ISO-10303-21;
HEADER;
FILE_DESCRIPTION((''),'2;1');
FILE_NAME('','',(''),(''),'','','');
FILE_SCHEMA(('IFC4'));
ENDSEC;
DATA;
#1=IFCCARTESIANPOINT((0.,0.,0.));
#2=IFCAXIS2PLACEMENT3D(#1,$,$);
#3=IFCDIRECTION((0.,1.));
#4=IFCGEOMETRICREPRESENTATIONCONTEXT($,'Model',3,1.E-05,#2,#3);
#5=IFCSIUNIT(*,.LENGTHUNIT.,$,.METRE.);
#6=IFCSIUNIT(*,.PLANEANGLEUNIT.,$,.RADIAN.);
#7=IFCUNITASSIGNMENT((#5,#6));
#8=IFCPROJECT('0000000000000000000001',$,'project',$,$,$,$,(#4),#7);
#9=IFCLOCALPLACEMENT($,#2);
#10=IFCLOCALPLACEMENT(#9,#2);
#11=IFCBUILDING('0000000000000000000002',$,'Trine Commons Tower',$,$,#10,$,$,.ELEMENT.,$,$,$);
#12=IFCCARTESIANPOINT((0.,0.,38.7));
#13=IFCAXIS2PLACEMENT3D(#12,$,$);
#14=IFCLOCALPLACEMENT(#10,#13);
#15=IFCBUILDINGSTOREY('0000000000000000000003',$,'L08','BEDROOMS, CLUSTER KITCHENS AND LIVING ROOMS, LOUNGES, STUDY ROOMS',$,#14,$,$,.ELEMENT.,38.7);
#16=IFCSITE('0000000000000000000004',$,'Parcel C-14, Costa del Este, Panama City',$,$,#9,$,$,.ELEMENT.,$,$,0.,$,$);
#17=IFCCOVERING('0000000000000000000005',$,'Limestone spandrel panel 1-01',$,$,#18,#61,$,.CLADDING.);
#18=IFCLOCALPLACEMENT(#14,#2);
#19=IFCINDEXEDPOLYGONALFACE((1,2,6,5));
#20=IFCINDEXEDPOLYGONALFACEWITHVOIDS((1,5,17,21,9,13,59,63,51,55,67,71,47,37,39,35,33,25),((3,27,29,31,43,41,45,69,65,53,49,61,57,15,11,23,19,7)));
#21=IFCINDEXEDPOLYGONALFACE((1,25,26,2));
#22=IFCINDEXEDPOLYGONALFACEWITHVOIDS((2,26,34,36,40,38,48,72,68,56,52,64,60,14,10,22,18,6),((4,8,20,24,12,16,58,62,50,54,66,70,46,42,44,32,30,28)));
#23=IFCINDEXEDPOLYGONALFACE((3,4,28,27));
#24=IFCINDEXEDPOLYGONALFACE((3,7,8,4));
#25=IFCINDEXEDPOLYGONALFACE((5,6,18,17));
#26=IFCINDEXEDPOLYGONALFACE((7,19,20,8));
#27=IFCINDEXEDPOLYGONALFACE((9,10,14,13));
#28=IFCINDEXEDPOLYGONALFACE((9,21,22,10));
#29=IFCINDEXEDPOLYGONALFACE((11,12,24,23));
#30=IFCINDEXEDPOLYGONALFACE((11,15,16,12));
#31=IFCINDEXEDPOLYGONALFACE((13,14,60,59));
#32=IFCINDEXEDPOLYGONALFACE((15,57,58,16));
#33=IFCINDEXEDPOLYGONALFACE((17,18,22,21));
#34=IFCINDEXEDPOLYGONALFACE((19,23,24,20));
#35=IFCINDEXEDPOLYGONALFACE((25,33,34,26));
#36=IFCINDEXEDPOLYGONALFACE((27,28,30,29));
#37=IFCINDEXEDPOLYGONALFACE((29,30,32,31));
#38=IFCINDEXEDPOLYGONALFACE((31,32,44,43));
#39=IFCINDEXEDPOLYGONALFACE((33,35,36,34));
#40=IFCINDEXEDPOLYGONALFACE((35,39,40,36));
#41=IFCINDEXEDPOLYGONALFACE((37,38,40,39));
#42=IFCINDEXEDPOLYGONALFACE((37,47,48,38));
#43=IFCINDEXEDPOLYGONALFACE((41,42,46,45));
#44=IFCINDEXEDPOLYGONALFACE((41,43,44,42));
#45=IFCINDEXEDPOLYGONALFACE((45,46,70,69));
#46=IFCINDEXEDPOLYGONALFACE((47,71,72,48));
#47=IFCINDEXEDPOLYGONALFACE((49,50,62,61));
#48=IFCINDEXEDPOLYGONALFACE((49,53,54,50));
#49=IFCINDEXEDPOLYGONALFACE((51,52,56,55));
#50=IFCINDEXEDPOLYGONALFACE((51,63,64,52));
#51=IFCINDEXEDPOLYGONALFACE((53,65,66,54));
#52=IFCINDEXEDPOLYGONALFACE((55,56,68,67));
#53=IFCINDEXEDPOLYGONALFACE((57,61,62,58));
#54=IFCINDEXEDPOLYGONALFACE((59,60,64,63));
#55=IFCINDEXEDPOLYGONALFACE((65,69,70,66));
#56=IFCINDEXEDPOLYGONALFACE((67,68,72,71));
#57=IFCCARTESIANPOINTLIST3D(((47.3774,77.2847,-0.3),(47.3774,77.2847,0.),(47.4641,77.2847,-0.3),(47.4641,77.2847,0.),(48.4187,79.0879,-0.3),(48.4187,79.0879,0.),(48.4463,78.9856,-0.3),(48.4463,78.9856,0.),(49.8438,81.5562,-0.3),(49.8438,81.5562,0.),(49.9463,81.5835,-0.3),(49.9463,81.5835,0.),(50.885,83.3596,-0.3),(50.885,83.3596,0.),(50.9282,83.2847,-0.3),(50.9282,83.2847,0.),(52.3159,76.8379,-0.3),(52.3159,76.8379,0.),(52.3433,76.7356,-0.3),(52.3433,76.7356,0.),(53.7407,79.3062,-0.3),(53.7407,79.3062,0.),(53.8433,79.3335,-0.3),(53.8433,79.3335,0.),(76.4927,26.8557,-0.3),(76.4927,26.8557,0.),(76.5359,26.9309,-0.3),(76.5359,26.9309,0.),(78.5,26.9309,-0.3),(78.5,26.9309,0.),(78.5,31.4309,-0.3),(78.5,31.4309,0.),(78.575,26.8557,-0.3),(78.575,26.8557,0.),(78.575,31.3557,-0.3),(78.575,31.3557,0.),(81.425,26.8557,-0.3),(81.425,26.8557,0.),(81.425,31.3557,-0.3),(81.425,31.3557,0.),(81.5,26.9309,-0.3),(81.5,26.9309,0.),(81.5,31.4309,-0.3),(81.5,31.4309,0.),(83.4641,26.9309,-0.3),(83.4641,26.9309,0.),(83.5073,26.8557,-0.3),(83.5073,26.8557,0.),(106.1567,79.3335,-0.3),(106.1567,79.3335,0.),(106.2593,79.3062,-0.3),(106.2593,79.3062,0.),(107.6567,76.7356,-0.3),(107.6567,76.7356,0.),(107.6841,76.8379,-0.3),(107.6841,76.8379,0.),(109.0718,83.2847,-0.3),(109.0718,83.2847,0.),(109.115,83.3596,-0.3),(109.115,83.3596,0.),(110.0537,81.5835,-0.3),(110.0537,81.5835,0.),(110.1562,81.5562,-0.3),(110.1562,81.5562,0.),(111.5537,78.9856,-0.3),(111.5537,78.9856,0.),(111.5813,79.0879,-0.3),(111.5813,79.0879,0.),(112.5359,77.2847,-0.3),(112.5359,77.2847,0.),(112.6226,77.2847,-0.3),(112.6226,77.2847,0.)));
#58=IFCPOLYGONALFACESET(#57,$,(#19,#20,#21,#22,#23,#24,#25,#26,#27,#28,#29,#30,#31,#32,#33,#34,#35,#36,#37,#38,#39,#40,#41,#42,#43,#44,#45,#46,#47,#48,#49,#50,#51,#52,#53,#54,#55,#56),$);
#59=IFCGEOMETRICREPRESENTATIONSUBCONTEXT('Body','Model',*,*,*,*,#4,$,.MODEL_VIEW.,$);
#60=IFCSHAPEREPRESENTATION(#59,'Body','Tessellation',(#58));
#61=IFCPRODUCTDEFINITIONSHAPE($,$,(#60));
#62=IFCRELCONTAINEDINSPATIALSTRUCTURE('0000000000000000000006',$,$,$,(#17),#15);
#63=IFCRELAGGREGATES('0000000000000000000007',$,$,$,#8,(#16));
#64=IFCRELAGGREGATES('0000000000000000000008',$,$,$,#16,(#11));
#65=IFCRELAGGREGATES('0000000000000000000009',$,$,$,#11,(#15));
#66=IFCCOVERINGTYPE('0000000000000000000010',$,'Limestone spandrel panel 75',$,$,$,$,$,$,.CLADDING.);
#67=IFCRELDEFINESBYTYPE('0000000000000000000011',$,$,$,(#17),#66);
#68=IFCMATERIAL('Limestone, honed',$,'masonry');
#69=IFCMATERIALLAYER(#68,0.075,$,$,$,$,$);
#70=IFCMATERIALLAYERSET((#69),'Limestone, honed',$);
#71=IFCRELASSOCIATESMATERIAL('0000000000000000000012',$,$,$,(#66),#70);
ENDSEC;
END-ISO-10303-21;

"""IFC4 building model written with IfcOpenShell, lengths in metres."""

from ifc_helpers import new_model, si_unit, direction, frame, origin, place, context, subcontext, project, spatial, polyline, outline, extrude, material, layer, layer_set, type_object, element, save


model = new_model("IFC4")

# Units and contexts
model_context = context("Model", 3, precision=1e-05, world=origin(), true_north=direction((0.0, 1.0)))
body_context = subcontext(model_context, "Body", "Model", "MODEL_VIEW")
ifc_project = project(units=[si_unit("LENGTHUNIT", "METRE"), si_unit("PLANEANGLEUNIT", "RADIAN")], contexts=[model_context])

# Site, building, storey
site_placement = place(None, origin())
site = spatial("IfcSite", under=ifc_project, at=site_placement, Name="Parcel C-14, Costa del Este, Panama City", CompositionType="ELEMENT", RefElevation=0.0)
building_placement = place(site_placement, origin())
building = spatial("IfcBuilding", under=site, at=building_placement, Name="Trine Commons Tower", CompositionType="ELEMENT")
storey_placement = place(building_placement, frame((0.0, 0.0, 38.7)))
storey = spatial("IfcBuildingStorey", under=building, at=storey_placement, Name="L08", Description="BEDROOMS, CLUSTER KITCHENS AND LIVING ROOMS, LOUNGES, STUDY ROOMS", CompositionType="ELEMENT", Elevation=38.7)

# Covering
ifc_material_1 = material(Name="Limestone, honed", Category="masonry")
ifc_layer_1 = layer(ifc_material_1, 0.075)
ifc_layer_set_1 = layer_set([ifc_layer_1], Name="Limestone, honed")
covering_type_1 = type_object("IfcCoveringType", Name="Limestone spandrel panel 75", PredefinedType="CLADDING", material=ifc_layer_set_1)
covering_1_placement = place(storey_placement, frame((0.0, 0.0, -0.3)))
element("IfcCovering", 1, at=covering_1_placement, inside=storey, type_object=covering_type_1, Name="Limestone spandrel panel 1-01", PredefinedType="CLADDING", context=body_context, shape_type="SweptSolid", body=[
    extrude(outline(polyline([(81.425, 31.3557), (81.425, 26.8557), (83.5073, 26.8557), (112.6226, 77.2847), (111.5813, 79.0879), (107.6841, 76.8379), (106.2593, 79.3062), (110.1562, 81.5562), (109.115, 83.3596), (50.885, 83.3596), (49.8438, 81.5562), (53.7407, 79.3062), (52.3159, 76.8379), (48.4187, 79.0879), (47.3774, 77.2847), (76.4927, 26.8557), (78.575, 26.8557), (78.575, 31.3557), (81.425, 31.3557)]), holes=[polyline([(111.5537, 78.9856), (112.5359, 77.2847), (83.4641, 26.9309), (81.5, 26.9309), (81.5, 31.4309), (78.5, 31.4309), (78.5, 26.9309), (76.5359, 26.9309), (47.4641, 77.2847), (48.4463, 78.9856), (52.3433, 76.7356), (53.8433, 79.3335), (49.9463, 81.5835), (50.9282, 83.2847), (109.0718, 83.2847), (110.0537, 81.5835), (106.1567, 79.3335), (107.6567, 76.7356), (111.5537, 78.9856)])]), origin(), (0.0, 0.0, 1.0), 0.3),
])

save(model, "model.ifc")
